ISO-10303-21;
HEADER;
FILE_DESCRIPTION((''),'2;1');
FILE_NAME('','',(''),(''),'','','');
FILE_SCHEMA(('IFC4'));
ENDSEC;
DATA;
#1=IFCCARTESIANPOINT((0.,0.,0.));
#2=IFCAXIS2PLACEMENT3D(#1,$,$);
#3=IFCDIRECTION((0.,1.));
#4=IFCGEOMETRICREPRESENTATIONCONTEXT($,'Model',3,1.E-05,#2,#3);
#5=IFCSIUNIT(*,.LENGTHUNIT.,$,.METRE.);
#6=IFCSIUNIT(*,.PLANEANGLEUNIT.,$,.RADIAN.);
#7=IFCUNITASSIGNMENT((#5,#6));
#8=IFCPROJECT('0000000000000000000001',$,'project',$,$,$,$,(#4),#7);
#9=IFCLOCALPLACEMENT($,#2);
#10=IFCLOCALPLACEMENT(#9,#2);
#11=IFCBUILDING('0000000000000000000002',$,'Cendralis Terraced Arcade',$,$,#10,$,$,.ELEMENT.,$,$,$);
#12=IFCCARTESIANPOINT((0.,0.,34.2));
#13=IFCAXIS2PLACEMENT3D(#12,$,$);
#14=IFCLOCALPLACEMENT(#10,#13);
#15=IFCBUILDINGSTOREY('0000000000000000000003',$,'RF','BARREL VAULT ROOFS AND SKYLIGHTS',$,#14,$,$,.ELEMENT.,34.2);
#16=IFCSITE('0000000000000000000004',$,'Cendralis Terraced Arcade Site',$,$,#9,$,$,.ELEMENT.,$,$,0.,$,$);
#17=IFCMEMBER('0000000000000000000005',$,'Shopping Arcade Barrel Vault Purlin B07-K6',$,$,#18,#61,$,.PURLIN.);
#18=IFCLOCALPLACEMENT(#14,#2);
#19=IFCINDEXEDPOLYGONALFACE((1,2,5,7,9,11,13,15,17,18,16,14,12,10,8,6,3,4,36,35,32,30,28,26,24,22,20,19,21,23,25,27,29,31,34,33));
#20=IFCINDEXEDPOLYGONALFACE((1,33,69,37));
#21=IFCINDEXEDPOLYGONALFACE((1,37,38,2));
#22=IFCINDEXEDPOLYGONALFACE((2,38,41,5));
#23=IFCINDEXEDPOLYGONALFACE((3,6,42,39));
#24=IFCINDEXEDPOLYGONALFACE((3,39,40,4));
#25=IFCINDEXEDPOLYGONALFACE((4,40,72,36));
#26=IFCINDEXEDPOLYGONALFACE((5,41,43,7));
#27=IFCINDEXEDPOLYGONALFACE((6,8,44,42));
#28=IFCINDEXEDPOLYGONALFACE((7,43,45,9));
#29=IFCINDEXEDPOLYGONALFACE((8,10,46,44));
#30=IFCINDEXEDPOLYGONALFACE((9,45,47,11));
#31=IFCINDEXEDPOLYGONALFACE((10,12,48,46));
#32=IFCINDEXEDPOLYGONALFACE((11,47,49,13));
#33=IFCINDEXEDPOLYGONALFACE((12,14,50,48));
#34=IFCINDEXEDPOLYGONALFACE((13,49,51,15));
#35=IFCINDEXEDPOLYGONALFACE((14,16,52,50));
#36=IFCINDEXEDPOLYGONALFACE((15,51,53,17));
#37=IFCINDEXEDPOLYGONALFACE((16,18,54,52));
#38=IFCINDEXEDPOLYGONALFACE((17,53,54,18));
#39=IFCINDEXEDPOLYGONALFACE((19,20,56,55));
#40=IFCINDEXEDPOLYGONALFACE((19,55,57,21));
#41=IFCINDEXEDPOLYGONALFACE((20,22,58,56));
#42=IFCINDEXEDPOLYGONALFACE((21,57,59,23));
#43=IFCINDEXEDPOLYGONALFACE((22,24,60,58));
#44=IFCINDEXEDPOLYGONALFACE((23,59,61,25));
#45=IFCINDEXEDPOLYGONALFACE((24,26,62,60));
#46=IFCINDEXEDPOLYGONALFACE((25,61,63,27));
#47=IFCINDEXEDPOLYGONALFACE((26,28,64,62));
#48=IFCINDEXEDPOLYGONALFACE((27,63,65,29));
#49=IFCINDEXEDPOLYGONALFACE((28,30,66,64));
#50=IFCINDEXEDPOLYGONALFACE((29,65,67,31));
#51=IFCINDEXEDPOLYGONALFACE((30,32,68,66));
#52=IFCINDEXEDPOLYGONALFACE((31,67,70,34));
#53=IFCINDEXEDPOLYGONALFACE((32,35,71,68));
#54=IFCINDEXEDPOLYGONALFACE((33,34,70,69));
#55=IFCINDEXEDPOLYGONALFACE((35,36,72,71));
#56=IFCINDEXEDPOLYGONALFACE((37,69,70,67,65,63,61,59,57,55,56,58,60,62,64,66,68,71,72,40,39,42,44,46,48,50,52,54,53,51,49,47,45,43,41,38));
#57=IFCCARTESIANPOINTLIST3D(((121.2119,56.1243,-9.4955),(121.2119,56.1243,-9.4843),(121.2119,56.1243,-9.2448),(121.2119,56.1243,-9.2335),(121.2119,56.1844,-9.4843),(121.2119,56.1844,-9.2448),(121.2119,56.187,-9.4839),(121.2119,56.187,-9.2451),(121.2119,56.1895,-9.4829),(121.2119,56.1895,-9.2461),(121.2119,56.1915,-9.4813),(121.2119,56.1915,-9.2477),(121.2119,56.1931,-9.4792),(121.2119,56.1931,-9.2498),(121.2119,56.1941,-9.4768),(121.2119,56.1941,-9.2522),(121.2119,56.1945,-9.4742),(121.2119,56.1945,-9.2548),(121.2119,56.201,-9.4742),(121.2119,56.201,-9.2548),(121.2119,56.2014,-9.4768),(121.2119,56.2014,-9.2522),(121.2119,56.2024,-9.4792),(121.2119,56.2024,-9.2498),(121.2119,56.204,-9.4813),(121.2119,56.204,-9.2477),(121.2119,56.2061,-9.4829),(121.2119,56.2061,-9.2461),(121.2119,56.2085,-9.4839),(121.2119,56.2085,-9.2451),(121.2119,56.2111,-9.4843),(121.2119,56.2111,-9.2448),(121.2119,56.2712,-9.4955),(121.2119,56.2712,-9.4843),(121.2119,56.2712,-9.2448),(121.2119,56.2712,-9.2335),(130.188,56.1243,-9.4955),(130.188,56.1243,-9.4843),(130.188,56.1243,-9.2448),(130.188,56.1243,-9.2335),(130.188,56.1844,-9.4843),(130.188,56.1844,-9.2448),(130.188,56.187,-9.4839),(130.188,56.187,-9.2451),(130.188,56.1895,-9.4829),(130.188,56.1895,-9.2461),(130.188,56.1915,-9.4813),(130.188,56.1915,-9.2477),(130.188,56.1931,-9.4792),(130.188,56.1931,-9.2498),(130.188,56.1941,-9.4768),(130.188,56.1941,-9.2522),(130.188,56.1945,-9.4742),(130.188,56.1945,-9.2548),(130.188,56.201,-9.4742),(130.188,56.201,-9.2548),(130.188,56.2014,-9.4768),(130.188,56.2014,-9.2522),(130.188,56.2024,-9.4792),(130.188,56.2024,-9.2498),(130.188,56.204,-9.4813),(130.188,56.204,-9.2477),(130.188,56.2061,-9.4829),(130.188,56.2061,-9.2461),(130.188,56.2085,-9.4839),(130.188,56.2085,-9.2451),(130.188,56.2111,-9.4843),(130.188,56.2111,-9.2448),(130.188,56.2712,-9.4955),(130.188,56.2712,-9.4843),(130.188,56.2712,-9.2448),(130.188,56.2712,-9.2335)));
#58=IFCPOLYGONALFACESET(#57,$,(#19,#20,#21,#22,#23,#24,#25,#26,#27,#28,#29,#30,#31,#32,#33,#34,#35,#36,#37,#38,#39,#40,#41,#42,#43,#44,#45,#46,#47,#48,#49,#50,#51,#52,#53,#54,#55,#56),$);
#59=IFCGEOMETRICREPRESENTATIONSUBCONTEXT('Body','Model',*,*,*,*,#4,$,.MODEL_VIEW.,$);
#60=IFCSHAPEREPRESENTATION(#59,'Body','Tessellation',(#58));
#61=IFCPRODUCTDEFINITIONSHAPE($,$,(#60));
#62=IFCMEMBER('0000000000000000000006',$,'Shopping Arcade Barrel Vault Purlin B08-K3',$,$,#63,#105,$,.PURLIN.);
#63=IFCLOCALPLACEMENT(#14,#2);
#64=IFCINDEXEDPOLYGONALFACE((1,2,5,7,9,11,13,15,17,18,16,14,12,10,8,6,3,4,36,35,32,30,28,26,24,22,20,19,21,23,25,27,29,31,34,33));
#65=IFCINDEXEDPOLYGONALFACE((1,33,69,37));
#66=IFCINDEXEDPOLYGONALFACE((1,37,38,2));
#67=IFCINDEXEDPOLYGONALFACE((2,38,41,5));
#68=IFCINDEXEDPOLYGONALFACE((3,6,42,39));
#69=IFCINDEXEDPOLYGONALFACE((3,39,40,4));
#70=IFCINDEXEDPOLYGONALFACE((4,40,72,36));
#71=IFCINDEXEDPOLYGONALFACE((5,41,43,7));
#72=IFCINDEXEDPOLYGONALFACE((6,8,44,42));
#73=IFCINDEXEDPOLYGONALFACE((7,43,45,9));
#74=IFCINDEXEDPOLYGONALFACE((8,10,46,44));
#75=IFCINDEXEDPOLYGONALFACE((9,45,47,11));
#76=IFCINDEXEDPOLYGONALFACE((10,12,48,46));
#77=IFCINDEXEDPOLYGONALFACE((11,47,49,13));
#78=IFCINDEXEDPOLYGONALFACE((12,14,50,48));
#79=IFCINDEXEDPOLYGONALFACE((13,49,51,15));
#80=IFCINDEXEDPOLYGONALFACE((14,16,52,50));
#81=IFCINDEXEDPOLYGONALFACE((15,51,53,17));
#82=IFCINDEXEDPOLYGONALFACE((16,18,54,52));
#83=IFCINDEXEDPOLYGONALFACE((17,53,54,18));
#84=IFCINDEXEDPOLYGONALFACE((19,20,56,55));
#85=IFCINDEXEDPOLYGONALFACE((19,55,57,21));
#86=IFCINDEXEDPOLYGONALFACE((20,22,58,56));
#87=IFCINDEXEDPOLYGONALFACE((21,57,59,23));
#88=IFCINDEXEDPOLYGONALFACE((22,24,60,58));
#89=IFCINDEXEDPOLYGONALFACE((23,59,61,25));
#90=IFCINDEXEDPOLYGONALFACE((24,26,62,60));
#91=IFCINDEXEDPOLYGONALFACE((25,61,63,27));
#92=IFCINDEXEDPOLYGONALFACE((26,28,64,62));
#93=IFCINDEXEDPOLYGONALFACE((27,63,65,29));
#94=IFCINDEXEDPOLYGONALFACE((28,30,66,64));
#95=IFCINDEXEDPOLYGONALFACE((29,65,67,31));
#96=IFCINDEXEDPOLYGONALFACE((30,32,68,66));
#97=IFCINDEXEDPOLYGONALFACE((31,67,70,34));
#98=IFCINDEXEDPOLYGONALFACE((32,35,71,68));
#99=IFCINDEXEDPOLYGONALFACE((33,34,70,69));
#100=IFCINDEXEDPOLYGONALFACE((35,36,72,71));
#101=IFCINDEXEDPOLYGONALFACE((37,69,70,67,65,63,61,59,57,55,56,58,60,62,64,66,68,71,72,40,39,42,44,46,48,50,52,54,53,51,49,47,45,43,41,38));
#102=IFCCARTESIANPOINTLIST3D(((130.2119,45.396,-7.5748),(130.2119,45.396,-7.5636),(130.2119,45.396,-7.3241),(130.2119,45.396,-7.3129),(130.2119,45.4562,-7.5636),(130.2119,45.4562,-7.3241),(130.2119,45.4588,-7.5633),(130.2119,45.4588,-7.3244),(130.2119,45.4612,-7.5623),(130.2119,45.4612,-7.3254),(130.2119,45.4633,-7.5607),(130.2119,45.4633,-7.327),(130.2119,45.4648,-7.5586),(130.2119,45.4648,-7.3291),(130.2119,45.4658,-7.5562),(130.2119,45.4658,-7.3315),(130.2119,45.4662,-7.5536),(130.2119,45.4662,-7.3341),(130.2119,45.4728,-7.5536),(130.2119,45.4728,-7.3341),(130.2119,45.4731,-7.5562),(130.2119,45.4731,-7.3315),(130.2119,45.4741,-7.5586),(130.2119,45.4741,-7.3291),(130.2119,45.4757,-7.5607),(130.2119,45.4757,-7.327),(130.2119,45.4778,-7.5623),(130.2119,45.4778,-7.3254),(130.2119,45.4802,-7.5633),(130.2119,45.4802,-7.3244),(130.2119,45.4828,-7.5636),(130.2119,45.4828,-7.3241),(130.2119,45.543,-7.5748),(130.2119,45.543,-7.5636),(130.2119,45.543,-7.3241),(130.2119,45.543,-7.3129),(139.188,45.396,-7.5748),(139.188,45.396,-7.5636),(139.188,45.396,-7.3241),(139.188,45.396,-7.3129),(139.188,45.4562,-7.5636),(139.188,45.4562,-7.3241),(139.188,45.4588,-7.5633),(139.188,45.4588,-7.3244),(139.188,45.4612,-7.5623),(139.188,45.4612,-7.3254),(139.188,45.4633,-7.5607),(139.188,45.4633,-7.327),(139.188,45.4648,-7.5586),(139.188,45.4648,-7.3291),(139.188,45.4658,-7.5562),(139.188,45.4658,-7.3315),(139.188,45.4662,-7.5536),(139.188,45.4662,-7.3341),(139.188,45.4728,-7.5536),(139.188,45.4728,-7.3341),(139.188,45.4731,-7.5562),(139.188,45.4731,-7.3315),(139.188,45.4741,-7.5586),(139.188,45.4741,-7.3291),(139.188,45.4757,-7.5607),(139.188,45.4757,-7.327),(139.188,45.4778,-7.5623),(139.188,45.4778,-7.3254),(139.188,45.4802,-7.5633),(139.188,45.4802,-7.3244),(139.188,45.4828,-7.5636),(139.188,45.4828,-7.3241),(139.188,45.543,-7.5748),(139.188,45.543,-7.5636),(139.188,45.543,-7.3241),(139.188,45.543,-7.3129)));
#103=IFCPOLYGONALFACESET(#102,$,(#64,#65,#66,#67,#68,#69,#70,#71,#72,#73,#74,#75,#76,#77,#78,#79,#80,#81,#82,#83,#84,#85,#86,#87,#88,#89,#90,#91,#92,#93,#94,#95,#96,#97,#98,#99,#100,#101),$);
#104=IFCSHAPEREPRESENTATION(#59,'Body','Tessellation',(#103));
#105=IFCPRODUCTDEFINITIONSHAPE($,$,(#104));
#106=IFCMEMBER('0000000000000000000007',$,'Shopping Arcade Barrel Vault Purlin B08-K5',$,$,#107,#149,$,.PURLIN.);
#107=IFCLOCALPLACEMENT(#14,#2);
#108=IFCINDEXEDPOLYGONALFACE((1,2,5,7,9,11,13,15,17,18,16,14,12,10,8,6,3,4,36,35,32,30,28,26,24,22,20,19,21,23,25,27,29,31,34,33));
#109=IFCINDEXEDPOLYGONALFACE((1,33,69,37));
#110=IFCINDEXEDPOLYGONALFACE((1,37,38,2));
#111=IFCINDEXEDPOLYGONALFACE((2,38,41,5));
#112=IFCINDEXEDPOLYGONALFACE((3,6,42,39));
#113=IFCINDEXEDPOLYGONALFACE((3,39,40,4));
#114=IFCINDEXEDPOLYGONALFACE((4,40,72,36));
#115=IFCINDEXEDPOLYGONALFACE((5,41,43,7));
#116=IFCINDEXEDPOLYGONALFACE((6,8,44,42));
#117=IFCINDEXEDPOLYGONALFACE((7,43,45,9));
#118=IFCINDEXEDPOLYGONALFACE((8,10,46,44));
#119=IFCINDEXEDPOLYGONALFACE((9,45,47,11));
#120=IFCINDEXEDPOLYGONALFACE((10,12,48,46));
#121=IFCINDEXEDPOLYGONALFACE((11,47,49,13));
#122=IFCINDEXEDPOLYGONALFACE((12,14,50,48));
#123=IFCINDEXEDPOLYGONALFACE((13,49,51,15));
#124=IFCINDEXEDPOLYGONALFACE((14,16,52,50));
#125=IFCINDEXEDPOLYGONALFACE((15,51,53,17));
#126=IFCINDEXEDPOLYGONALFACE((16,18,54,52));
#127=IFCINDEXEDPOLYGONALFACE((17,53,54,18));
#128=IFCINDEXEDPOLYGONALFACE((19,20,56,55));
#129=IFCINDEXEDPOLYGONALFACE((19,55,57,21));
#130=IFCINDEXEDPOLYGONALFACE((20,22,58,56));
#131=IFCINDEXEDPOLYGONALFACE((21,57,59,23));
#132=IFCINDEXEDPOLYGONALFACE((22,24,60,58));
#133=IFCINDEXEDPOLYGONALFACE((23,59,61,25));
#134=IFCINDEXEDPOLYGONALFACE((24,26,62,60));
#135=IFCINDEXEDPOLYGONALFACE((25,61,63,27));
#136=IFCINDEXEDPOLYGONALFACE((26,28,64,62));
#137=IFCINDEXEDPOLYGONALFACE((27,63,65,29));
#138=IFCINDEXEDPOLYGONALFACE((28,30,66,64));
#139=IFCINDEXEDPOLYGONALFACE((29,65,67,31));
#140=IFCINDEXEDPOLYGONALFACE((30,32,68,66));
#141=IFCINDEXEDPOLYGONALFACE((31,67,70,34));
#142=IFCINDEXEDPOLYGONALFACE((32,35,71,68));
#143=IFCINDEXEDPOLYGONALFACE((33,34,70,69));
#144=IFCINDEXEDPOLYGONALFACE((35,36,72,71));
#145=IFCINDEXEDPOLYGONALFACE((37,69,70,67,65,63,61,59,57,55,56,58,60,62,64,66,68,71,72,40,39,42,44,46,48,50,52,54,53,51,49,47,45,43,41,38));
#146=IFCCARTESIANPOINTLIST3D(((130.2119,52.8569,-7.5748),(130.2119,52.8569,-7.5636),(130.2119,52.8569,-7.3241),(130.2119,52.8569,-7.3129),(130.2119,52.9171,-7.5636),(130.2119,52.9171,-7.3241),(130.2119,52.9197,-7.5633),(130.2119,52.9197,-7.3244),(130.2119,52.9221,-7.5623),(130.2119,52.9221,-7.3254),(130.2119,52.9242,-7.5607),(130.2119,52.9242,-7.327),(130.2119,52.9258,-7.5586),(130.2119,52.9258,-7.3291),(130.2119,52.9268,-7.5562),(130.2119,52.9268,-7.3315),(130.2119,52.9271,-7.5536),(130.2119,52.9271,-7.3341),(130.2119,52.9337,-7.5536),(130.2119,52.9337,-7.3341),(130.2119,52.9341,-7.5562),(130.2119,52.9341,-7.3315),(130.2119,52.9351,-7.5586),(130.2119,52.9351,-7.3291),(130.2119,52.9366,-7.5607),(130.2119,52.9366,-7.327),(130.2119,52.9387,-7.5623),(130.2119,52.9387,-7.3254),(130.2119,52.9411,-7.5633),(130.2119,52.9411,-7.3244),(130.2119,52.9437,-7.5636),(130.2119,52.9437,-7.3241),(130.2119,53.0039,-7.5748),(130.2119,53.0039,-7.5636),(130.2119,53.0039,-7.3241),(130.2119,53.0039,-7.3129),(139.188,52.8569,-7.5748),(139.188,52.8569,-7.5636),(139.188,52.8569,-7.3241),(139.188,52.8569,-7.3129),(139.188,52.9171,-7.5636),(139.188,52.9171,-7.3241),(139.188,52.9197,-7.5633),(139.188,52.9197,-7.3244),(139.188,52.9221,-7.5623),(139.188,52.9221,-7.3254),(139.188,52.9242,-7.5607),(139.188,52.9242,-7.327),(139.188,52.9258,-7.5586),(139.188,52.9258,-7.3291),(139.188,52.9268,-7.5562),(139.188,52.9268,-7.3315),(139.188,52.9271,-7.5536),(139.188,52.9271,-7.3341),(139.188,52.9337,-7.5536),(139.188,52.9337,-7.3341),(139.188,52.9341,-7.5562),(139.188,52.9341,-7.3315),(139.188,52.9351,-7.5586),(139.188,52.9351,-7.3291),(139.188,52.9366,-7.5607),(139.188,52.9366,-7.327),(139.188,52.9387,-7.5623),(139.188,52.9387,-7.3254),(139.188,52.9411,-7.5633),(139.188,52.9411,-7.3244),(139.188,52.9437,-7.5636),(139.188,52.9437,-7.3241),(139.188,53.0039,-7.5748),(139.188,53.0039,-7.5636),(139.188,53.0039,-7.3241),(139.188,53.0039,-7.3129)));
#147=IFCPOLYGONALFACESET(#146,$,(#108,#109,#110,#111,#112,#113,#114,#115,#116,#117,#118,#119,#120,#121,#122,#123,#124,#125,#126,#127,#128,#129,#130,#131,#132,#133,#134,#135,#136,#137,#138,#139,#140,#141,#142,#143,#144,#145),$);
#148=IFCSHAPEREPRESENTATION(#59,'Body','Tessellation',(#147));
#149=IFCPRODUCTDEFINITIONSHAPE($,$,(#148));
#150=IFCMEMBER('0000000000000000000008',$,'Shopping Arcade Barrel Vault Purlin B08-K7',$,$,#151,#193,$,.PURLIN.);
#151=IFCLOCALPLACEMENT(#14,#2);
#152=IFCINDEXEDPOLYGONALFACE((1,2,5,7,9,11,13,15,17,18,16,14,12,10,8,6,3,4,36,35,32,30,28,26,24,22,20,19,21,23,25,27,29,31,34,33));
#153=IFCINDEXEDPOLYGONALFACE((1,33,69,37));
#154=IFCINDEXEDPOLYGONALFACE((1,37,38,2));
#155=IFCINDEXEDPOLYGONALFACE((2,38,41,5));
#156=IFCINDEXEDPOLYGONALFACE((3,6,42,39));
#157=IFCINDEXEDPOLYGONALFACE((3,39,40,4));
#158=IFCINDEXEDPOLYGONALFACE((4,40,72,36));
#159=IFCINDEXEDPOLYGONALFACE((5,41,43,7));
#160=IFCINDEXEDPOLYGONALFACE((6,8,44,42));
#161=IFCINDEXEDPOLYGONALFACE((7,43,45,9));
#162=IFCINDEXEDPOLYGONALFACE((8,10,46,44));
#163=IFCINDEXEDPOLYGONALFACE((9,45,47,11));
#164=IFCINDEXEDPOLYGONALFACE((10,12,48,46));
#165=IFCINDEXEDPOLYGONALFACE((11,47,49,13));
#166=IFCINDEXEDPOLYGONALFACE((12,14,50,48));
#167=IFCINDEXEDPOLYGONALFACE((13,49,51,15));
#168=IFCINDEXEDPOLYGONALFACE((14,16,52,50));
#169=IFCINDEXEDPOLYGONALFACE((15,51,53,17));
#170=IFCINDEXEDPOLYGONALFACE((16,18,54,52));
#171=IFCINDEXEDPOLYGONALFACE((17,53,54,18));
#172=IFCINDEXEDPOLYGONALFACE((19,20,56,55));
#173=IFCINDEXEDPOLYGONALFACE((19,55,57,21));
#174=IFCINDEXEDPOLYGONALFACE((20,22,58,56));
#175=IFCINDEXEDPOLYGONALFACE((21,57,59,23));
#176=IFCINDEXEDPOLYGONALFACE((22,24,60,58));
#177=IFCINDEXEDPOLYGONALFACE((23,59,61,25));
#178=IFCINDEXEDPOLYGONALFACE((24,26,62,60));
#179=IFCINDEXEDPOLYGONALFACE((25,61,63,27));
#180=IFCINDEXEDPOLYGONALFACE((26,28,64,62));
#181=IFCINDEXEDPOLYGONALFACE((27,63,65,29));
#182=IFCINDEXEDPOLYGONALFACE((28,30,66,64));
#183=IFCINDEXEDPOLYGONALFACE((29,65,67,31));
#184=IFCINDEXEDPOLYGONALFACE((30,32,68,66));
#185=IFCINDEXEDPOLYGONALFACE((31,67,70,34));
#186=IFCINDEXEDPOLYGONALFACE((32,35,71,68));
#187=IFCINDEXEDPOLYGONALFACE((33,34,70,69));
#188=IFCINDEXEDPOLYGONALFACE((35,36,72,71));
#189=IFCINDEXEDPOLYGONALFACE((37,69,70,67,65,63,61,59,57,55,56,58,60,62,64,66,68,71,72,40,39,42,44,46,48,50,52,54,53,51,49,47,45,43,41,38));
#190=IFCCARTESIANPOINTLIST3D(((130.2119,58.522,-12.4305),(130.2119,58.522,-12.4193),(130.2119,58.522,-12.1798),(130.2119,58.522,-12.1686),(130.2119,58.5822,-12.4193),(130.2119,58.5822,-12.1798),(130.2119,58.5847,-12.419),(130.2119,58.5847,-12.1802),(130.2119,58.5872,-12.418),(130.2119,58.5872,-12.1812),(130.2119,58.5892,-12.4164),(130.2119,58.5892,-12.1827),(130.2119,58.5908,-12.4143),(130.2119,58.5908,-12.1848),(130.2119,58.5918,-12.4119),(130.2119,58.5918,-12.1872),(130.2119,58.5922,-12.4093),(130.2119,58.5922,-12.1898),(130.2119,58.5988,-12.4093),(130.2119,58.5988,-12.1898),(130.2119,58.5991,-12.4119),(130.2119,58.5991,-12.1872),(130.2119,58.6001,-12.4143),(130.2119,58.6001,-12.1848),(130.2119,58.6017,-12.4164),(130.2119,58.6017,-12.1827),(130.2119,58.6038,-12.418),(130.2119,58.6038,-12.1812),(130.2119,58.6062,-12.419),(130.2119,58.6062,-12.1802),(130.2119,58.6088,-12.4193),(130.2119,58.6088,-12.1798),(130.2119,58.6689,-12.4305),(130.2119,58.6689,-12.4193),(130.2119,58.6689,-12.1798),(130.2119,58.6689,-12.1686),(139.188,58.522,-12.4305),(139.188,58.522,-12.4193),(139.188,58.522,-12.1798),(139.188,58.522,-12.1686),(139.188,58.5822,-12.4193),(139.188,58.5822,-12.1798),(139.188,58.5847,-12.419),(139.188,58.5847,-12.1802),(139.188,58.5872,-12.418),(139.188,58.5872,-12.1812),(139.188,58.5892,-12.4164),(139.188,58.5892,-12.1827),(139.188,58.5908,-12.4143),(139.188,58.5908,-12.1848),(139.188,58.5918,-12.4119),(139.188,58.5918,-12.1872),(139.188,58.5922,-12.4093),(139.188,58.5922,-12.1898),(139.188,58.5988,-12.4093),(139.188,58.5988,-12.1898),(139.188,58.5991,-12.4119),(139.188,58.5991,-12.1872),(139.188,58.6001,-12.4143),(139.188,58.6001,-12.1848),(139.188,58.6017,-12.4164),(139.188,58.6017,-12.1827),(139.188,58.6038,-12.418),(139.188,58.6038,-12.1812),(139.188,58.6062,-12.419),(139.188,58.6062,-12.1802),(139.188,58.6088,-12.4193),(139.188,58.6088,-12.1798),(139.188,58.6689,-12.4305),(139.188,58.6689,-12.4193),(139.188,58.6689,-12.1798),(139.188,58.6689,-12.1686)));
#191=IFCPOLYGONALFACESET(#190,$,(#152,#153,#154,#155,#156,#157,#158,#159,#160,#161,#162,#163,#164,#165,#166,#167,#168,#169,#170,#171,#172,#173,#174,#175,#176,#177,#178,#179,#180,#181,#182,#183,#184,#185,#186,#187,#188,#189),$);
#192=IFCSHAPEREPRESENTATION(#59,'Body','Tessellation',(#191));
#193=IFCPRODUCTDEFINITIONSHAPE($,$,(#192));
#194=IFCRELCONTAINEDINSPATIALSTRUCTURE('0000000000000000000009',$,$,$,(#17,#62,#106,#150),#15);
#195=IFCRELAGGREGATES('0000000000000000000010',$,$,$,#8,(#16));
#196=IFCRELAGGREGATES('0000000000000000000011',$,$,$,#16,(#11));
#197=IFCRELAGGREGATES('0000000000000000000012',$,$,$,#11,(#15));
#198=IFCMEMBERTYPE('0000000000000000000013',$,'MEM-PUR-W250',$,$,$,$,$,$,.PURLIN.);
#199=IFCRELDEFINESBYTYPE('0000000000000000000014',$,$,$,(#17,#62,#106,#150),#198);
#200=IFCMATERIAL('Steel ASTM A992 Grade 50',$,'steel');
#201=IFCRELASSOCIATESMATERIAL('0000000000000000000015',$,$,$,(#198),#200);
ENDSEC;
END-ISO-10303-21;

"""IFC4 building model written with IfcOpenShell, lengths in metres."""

from ifc_helpers import new_model, si_unit, direction, frame, origin, origin_2d, place, context, subcontext, project, spatial, i_section, extrude, material, material_profile, profile_set, type_object, element, save


model = new_model("IFC4")

# Units and contexts
model_context = context("Model", 3, precision=1e-05, world=origin(), true_north=direction((0.0, 1.0)))
body_context = subcontext(model_context, "Body", "Model", "MODEL_VIEW")
ifc_project = project(units=[si_unit("LENGTHUNIT", "METRE"), si_unit("PLANEANGLEUNIT", "RADIAN")], contexts=[model_context])

# Site, building, storey
site_placement = place(None, origin())
site = spatial("IfcSite", under=ifc_project, at=site_placement, Name="Cendralis Terraced Arcade Site", CompositionType="ELEMENT", RefElevation=0.0)
building_placement = place(site_placement, origin())
building = spatial("IfcBuilding", under=site, at=building_placement, Name="Cendralis Terraced Arcade", CompositionType="ELEMENT")
storey_placement = place(building_placement, frame((0.0, 0.0, 34.2)))
storey = spatial("IfcBuildingStorey", under=building, at=storey_placement, Name="RF", Description="BARREL VAULT ROOFS AND SKYLIGHTS", CompositionType="ELEMENT", Elevation=34.2)

# Members
ifc_material_1 = material(Name="Steel ASTM A992 Grade 50", Category="steel")
ifc_material_profile_1 = material_profile(ifc_material_1, i_section(OverallWidth=0.147, OverallDepth=0.262, WebThickness=0.0066, FlangeThickness=0.0112, FilletRadius=0.01, at=origin_2d()), Name="W250X38.5", Category="LoadBearing")
ifc_profile_set_1 = profile_set([ifc_material_profile_1], Name="Steel ASTM A992 Grade 50")
member_type_1 = type_object("IfcMemberType", Name="MEM-PUR-W250", PredefinedType="PURLIN", material=ifc_profile_set_1)
for number, where, z_axis, x_axis, name in (
    (1, (121.2119, 56.1978, -9.3645), (1.0, 0.0, 0.0), (0.0, 1.0, 0.0), "Shopping Arcade Barrel Vault Purlin B07-K6"),
    (2, (130.2119, 45.4695, -7.4438), (1.0, 0.0, 0.0), (0.0, 1.0, 0.0), "Shopping Arcade Barrel Vault Purlin B08-K3"),
    (3, (130.2119, 52.9304, -7.4438), (1.0, 0.0, 0.0), (0.0, 1.0, 0.0), "Shopping Arcade Barrel Vault Purlin B08-K5"),
    (4, (130.2119, 58.5955, -12.2996), (1.0, 0.0, 0.0), (0.0, 1.0, 0.0), "Shopping Arcade Barrel Vault Purlin B08-K7"),
):
    element("IfcMember", number, at=place(storey_placement, frame(where, z_axis=z_axis, x_axis=x_axis)), inside=storey, type_object=member_type_1, Name=name, PredefinedType="PURLIN", context=body_context, shape_type="SweptSolid", body=[
        extrude(i_section(OverallWidth=0.147, OverallDepth=0.262, WebThickness=0.0066, FlangeThickness=0.0112, FilletRadius=0.01, at=origin_2d()), origin(), (0.0, 0.0, 1.0), 8.9761),
    ])

save(model, "model.ifc")
